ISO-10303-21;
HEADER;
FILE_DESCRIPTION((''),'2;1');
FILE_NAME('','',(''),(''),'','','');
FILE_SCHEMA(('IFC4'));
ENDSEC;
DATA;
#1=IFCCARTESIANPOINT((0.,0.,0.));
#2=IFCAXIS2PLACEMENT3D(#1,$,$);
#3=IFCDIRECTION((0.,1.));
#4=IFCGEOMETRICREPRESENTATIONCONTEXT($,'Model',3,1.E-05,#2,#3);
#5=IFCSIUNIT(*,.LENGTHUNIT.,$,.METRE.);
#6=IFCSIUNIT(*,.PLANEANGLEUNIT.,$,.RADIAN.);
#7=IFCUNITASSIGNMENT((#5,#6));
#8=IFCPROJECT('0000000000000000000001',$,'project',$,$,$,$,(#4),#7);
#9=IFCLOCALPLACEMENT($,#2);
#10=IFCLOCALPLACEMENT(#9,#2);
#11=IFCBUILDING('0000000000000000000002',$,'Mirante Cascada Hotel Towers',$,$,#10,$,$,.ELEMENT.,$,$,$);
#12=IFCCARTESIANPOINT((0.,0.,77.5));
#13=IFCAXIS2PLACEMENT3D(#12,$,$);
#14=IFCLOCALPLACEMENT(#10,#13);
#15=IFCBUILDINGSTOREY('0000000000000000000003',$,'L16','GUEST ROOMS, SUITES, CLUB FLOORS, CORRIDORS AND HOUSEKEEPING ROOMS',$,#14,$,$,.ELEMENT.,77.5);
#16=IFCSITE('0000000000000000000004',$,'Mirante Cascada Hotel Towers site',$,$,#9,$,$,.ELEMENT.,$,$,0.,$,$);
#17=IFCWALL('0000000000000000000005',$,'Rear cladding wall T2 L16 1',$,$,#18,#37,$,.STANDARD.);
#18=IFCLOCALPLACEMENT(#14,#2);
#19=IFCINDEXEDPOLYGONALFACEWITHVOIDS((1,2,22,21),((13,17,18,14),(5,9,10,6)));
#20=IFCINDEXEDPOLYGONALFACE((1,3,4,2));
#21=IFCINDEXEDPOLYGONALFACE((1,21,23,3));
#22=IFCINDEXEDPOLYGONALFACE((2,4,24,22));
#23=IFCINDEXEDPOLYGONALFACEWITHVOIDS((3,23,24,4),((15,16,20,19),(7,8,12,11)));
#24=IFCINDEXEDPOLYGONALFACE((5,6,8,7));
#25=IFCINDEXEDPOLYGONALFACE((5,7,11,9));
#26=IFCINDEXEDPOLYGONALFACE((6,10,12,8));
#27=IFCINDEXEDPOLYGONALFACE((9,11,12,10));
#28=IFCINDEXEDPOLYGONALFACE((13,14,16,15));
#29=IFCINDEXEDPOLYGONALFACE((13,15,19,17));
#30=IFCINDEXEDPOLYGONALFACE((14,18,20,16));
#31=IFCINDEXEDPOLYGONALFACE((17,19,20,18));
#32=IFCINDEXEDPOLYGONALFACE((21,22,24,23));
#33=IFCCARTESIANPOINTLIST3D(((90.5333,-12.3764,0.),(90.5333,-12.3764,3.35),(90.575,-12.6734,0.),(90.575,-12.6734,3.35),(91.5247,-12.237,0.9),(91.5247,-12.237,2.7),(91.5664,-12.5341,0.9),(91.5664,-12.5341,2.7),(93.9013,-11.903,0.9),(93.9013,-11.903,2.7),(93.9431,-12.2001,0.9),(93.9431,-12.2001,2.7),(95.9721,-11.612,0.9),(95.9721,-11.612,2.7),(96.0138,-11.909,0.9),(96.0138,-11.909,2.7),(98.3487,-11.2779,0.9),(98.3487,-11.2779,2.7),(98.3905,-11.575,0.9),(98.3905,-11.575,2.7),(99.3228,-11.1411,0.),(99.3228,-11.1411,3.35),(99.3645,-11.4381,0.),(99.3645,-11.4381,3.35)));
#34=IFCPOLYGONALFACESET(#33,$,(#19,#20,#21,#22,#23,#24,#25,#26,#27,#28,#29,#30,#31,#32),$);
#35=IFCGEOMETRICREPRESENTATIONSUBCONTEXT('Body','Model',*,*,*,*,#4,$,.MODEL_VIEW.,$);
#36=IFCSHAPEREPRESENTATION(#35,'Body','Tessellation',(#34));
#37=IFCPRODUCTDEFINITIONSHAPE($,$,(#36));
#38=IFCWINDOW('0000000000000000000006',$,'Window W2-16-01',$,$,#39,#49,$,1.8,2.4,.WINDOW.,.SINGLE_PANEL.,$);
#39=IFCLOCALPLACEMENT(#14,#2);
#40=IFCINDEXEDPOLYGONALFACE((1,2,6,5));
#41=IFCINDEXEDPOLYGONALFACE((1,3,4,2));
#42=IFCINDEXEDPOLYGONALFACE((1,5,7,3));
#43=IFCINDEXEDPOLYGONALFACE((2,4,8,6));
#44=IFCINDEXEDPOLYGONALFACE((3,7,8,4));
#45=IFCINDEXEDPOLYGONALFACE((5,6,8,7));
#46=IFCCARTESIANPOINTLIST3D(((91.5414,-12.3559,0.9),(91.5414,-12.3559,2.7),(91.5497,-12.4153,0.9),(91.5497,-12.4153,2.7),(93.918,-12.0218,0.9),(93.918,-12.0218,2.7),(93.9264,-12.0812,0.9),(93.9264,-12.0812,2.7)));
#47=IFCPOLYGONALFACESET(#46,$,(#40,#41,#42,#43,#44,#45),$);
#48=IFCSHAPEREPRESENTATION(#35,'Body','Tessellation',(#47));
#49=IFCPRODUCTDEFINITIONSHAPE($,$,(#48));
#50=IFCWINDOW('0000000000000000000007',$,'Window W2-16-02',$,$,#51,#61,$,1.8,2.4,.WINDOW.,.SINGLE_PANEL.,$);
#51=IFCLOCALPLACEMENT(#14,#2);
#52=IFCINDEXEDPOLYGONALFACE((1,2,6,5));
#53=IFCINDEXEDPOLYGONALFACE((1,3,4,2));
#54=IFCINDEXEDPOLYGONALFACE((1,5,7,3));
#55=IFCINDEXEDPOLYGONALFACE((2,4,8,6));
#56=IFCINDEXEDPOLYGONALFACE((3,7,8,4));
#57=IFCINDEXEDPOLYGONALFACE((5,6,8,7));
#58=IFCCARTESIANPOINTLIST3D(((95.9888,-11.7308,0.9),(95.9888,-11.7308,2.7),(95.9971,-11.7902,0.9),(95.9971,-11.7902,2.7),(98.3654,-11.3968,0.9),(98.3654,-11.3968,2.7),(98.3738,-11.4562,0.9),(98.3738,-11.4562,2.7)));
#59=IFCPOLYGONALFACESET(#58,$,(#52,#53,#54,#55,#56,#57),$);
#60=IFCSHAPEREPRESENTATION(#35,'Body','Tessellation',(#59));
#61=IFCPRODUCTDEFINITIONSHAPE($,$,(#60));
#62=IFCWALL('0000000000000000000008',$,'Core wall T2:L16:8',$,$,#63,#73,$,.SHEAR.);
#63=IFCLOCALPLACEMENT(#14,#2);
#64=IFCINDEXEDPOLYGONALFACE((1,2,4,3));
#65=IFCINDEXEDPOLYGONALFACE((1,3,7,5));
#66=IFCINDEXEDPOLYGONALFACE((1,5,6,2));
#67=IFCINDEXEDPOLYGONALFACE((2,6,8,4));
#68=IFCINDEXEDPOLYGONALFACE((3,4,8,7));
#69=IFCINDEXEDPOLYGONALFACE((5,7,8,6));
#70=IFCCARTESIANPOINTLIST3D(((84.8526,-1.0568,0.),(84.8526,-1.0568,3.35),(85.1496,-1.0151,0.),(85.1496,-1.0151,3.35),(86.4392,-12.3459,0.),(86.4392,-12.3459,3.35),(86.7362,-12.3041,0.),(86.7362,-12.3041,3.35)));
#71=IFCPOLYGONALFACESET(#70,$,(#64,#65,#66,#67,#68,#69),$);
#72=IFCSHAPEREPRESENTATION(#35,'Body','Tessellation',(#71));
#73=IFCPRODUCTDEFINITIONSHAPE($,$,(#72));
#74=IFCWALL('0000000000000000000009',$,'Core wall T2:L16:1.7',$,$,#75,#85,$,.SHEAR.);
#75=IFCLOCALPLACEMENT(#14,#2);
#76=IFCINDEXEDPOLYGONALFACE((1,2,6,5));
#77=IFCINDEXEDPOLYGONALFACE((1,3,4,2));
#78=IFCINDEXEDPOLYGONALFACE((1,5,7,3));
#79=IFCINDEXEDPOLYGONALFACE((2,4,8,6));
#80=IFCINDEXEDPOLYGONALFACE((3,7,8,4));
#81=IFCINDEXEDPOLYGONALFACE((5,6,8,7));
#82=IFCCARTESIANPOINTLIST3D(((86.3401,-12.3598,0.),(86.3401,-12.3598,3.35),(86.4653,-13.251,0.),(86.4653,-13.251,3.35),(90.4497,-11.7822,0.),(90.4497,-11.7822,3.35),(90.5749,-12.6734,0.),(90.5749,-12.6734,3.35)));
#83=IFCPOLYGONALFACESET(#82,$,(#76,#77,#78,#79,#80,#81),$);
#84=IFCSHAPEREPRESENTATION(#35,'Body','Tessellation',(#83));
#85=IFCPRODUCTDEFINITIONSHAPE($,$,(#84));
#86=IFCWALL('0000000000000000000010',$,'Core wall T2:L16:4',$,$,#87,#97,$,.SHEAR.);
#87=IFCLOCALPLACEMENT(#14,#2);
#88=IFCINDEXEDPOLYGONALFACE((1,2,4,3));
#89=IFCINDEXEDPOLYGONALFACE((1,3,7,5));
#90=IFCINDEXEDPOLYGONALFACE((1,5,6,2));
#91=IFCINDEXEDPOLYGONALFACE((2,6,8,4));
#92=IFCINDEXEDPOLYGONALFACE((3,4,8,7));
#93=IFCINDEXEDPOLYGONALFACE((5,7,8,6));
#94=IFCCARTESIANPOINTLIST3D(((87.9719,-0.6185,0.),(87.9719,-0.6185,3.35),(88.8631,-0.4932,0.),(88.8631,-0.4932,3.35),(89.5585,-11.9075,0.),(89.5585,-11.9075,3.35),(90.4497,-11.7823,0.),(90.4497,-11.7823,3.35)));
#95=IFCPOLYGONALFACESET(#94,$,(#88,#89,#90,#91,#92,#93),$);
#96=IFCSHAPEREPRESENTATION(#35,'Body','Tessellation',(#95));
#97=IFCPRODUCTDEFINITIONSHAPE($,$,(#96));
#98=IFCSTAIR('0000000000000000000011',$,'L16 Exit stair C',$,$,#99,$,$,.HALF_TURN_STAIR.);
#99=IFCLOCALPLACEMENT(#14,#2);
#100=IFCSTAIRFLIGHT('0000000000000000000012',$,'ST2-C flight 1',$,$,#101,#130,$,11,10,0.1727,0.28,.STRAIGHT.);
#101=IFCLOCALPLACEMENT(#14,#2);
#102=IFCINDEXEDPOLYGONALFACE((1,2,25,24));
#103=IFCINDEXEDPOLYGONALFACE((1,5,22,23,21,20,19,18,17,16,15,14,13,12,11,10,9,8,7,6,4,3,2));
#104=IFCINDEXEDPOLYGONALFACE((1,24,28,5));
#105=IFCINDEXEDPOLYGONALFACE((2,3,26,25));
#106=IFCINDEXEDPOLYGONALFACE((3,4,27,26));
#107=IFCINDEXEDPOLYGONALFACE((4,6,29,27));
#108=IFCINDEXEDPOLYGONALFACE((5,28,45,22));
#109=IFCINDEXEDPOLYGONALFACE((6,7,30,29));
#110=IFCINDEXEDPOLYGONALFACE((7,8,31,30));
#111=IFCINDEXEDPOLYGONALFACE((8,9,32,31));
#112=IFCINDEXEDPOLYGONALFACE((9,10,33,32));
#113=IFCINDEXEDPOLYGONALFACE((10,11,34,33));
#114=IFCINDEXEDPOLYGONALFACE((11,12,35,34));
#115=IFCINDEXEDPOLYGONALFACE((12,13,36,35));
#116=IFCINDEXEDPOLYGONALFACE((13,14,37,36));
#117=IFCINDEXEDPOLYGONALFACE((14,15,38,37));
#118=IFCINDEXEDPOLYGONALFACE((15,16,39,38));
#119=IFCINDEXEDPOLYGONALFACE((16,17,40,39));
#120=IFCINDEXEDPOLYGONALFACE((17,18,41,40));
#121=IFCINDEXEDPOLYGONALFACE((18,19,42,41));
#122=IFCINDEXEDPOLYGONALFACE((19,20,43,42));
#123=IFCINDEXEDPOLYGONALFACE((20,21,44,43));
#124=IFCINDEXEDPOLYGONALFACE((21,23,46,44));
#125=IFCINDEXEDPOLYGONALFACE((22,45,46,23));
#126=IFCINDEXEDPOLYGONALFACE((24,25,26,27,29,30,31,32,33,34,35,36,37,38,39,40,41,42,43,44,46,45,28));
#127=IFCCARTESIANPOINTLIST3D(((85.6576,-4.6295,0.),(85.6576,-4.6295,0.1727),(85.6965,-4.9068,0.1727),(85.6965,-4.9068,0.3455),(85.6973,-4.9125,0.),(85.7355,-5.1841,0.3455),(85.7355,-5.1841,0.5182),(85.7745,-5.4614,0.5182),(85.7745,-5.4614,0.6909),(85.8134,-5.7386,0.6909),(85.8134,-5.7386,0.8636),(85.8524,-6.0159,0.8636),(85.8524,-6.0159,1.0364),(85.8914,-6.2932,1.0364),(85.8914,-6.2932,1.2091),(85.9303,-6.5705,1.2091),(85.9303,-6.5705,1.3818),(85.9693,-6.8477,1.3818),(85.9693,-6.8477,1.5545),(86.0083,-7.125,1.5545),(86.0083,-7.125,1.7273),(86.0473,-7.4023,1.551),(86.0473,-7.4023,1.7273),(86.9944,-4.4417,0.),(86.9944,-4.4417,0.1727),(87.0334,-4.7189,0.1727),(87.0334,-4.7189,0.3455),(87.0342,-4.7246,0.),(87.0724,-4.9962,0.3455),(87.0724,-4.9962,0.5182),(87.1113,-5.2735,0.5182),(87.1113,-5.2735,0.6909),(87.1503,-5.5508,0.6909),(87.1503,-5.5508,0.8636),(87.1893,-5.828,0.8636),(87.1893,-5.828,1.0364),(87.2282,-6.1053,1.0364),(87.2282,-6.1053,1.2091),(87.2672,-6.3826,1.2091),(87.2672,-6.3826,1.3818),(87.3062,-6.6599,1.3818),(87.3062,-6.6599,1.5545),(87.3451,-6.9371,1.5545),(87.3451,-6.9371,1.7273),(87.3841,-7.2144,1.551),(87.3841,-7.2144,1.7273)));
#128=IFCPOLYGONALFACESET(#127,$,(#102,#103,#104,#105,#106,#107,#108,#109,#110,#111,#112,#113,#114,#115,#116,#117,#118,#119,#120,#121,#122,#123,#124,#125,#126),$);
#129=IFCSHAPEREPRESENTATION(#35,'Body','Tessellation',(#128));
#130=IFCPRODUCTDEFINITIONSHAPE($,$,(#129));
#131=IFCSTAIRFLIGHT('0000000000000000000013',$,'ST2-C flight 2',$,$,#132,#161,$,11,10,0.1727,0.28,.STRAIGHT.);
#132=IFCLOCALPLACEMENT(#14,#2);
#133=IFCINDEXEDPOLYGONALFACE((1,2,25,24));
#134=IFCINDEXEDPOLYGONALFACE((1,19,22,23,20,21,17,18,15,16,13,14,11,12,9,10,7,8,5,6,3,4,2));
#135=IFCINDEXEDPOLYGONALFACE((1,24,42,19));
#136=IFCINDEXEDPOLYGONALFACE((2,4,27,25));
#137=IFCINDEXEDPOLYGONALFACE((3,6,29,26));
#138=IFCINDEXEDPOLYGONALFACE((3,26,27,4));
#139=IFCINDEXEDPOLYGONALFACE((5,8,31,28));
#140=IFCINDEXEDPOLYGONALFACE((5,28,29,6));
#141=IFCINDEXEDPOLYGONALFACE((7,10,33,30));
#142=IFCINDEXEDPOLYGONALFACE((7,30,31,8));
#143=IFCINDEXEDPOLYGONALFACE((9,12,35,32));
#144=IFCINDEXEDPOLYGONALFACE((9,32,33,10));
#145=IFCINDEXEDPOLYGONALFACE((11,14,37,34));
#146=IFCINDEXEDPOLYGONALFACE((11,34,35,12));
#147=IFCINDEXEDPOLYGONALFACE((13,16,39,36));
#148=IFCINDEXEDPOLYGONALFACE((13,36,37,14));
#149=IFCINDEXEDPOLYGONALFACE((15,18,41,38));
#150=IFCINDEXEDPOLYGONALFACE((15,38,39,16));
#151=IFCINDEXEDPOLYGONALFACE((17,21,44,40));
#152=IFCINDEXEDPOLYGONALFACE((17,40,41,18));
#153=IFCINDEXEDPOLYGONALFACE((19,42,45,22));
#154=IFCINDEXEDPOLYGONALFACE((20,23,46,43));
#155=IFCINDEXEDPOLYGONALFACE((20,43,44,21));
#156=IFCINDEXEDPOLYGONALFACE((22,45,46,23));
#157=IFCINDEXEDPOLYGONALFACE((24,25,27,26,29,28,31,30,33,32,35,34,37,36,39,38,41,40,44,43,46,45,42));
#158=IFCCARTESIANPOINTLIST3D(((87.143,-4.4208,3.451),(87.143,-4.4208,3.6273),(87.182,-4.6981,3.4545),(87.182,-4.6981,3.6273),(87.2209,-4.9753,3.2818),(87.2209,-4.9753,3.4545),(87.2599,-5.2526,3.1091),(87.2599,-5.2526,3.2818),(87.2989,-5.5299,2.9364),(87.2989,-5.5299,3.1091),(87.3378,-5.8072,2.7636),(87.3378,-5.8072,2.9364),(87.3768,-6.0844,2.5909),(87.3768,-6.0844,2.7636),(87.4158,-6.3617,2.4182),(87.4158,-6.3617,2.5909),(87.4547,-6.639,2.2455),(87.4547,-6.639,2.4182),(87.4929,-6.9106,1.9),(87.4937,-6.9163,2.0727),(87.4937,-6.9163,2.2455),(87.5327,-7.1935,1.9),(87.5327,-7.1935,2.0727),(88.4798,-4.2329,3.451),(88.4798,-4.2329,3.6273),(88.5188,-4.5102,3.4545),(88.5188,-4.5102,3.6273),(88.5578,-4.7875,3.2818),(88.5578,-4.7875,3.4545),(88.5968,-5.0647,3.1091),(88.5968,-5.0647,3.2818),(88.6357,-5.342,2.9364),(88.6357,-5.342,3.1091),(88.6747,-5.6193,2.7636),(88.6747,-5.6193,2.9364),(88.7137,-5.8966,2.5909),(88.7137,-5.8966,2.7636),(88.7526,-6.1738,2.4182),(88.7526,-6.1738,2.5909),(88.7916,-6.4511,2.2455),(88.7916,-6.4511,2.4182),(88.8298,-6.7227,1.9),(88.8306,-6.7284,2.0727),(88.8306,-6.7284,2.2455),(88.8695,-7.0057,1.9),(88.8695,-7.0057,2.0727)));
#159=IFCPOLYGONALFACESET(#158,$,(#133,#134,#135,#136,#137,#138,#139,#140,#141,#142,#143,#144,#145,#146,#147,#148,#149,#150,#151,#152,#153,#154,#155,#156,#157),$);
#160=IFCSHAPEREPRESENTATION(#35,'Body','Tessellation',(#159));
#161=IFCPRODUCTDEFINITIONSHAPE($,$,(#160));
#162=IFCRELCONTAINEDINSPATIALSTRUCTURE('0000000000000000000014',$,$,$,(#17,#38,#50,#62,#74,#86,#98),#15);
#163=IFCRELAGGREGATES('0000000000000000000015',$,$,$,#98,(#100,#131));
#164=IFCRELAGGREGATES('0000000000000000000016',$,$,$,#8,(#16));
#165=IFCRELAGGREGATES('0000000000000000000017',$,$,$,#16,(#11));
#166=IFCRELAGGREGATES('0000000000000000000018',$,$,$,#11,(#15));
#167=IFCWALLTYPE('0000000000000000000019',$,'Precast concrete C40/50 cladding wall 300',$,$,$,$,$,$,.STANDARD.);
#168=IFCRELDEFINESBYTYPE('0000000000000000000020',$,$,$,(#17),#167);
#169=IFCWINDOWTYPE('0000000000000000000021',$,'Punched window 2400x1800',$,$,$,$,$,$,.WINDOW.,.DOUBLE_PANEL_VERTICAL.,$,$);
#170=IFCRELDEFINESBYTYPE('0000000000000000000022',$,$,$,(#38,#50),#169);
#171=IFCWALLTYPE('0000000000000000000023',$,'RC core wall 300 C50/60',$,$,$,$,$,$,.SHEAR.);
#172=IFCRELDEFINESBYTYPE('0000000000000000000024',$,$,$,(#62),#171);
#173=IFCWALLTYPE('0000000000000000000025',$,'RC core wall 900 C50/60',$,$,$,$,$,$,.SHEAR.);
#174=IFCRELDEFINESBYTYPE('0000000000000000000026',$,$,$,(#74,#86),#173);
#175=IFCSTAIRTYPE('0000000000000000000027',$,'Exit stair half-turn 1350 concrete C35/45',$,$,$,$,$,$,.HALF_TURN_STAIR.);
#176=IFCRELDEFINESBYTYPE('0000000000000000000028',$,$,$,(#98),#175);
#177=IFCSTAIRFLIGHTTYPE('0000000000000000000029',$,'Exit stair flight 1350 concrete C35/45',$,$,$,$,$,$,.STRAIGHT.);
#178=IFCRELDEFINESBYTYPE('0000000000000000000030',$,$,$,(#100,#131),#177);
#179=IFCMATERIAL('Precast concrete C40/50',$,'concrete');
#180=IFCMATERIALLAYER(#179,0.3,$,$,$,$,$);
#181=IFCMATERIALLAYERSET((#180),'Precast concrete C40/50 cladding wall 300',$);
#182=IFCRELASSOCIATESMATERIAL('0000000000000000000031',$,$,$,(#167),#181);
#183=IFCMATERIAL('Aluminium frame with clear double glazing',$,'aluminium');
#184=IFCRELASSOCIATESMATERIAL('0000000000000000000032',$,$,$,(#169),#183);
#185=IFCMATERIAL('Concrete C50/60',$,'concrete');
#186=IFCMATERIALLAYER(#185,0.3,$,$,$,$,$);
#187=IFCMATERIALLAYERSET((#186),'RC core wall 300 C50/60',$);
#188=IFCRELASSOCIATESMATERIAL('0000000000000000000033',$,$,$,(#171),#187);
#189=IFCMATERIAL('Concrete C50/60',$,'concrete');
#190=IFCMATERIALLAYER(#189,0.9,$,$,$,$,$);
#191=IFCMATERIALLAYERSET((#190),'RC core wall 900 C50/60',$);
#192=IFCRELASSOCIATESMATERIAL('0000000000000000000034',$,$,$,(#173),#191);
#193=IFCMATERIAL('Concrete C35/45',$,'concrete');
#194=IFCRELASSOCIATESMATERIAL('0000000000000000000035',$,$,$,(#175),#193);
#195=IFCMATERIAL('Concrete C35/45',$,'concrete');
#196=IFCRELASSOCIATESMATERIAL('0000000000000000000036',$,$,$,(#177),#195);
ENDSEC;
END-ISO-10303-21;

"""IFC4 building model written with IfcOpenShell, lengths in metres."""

from ifc_helpers import new_model, si_unit, direction, frame, frame_2d, origin, place, context, subcontext, project, spatial, polyline, rectangle, outline, extrude, material, layer, layer_set, type_object, element, fill, aggregate, save


model = new_model("IFC4")

# Units and contexts
model_context = context("Model", 3, precision=1e-05, world=origin(), true_north=direction((0.0, 1.0)))
body_context = subcontext(model_context, "Body", "Model", "MODEL_VIEW")
ifc_project = project(units=[si_unit("LENGTHUNIT", "METRE"), si_unit("PLANEANGLEUNIT", "RADIAN")], contexts=[model_context])

# Site, building, storey
site_placement = place(None, origin())
site = spatial("IfcSite", under=ifc_project, at=site_placement, Name="Mirante Cascada Hotel Towers site", CompositionType="ELEMENT", RefElevation=0.0)
building_placement = place(site_placement, origin())
building = spatial("IfcBuilding", under=site, at=building_placement, Name="Mirante Cascada Hotel Towers", CompositionType="ELEMENT")
storey_placement = place(building_placement, frame((0.0, 0.0, 77.5)))
storey = spatial("IfcBuildingStorey", under=building, at=storey_placement, Name="L16", Description="GUEST ROOMS, SUITES, CLUB FLOORS, CORRIDORS AND HOUSEKEEPING ROOMS", CompositionType="ELEMENT", Elevation=77.5)

# Wall, openings, windows
ifc_material_1 = material(Name="Precast concrete C40/50", Category="concrete")
ifc_layer_1 = layer(ifc_material_1, 0.3)
ifc_layer_set_1 = layer_set([ifc_layer_1], Name="Precast concrete C40/50 cladding wall 300")
wall_type_1 = type_object("IfcWallType", Name="Precast concrete C40/50 cladding wall 300", PredefinedType="STANDARD", material=ifc_layer_set_1)
wall_1_placement = place(storey_placement, frame((90.5541, -12.5249, 0.0), z_axis=(0.0, 0.0, 1.0), x_axis=(0.990268, 0.139175, 0.0)))
wall_1 = element("IfcWall", 1, at=wall_1_placement, inside=storey, type_object=wall_type_1, Name="Rear cladding wall T2 L16 1", PredefinedType="STANDARD", context=body_context, shape_type="SweptSolid", body=[
    extrude(rectangle(XDim=8.8759, YDim=0.3, at=frame_2d((4.438, 0.0))), origin(), (0.0, 0.0, 1.0), 3.35),
])
opening_1_placement = place(wall_1_placement, frame((1.0012, 0.0, 0.9)))
opening_1 = element("IfcOpeningElement", 2, at=opening_1_placement, cuts=wall_1, PredefinedType="OPENING", context=body_context, shape_type="SweptSolid", body=[
    extrude(rectangle(XDim=2.4, YDim=1.8, at=frame_2d((1.2, 0.9))), frame((0.0, 0.15, 0.0), z_axis=(0.0, -1.0, 0.0), x_axis=(1.0, 0.0, 0.0)), (0.0, 0.0, 1.0), 0.3),
])
opening_2_placement = place(wall_1_placement, frame((5.4923, 0.0, 0.9)))
opening_2 = element("IfcOpeningElement", 3, at=opening_2_placement, cuts=wall_1, PredefinedType="OPENING", context=body_context, shape_type="SweptSolid", body=[
    extrude(rectangle(XDim=2.4, YDim=1.8, at=frame_2d((1.2, 0.9))), frame((0.0, 0.15, 0.0), z_axis=(0.0, -1.0, 0.0), x_axis=(1.0, 0.0, 0.0)), (0.0, 0.0, 1.0), 0.3),
])
ifc_material_2 = material(Name="Aluminium frame with clear double glazing", Category="aluminium")
window_type = type_object("IfcWindowType", Name="Punched window 2400x1800", PartitioningType="DOUBLE_PANEL_VERTICAL", PredefinedType="WINDOW", material=ifc_material_2)
window_1_placement = place(opening_1_placement, origin())
window_1 = element("IfcWindow", 4, at=window_1_placement, inside=storey, type_object=window_type, Name="Window W2-16-01", OverallHeight=1.8, OverallWidth=2.4, PartitioningType="SINGLE_PANEL", PredefinedType="WINDOW", context=body_context, shape_type="SweptSolid", body=[
    extrude(rectangle(XDim=2.4, YDim=1.8, at=frame_2d((1.2, 0.9))), frame((0.0, 0.03, 0.0), z_axis=(0.0, -1.0, 0.0), x_axis=(1.0, 0.0, 0.0)), (0.0, 0.0, 1.0), 0.06),
])
fill(opening_1, window_1)
window_2_placement = place(opening_2_placement, origin())
window_2 = element("IfcWindow", 5, at=window_2_placement, inside=storey, type_object=window_type, Name="Window W2-16-02", OverallHeight=1.8, OverallWidth=2.4, PartitioningType="SINGLE_PANEL", PredefinedType="WINDOW", context=body_context, shape_type="SweptSolid", body=[
    extrude(rectangle(XDim=2.4, YDim=1.8, at=frame_2d((1.2, 0.9))), frame((0.0, 0.03, 0.0), z_axis=(0.0, -1.0, 0.0), x_axis=(1.0, 0.0, 0.0)), (0.0, 0.0, 1.0), 0.06),
])
fill(opening_2, window_2)

# Walls
ifc_material_3 = material(Name="Concrete C50/60", Category="concrete")
ifc_layer_2 = layer(ifc_material_3, 0.3)
ifc_layer_set_2 = layer_set([ifc_layer_2], Name="RC core wall 300 C50/60")
wall_type_2 = type_object("IfcWallType", Name="RC core wall 300 C50/60", PredefinedType="SHEAR", material=ifc_layer_set_2)
wall_2_placement = place(storey_placement, frame((86.5877, -12.325, 0.0), z_axis=(0.0, 0.0, 1.0), x_axis=(-0.139175, 0.990268, 0.0)))
element("IfcWall", 6, at=wall_2_placement, inside=storey, type_object=wall_type_2, Name="Core wall T2:L16:8", PredefinedType="SHEAR", context=body_context, shape_type="SweptSolid", body=[
    extrude(rectangle(XDim=11.4, YDim=0.3, at=frame_2d((5.7, 0.0))), origin(), (0.0, 0.0, 1.0), 3.35),
])
ifc_material_4 = material(Name="Concrete C50/60", Category="concrete")
ifc_layer_3 = layer(ifc_material_4, 0.9)
ifc_layer_set_3 = layer_set([ifc_layer_3], Name="RC core wall 900 C50/60")
wall_type_3 = type_object("IfcWallType", Name="RC core wall 900 C50/60", PredefinedType="SHEAR", material=ifc_layer_set_3)
wall_3_placement = place(storey_placement, frame((86.4027, -12.8054, 0.0), z_axis=(0.0, 0.0, 1.0), x_axis=(0.990267, 0.139181, 0.0)))
element("IfcWall", 7, at=wall_3_placement, inside=storey, type_object=wall_type_3, Name="Core wall T2:L16:1.7", PredefinedType="SHEAR", context=body_context, shape_type="SweptSolid", body=[
    extrude(rectangle(XDim=4.15, YDim=0.9, at=frame_2d((2.075, 0.0))), origin(), (0.0, 0.0, 1.0), 3.35),
])
wall_4_placement = place(storey_placement, frame((90.0041, -11.8449, 0.0), z_axis=(0.0, 0.0, 1.0), x_axis=(-0.139175, 0.990268, 0.0)))
element("IfcWall", 8, at=wall_4_placement, inside=storey, type_object=wall_type_3, Name="Core wall T2:L16:4", PredefinedType="SHEAR", context=body_context, shape_type="SweptSolid", body=[
    extrude(rectangle(XDim=11.4, YDim=0.9, at=frame_2d((5.7, 0.0))), origin(), (0.0, 0.0, 1.0), 3.35),
])

# Stair, stair flights
ifc_material_5 = material(Name="Concrete C35/45", Category="concrete")
stair_type = type_object("IfcStairType", Name="Exit stair half-turn 1350 concrete C35/45", PredefinedType="HALF_TURN_STAIR", material=ifc_material_5)
stair_placement = place(storey_placement, origin())
stair = element("IfcStair", 9, at=stair_placement, inside=storey, type_object=stair_type, Name="L16 Exit stair C", PredefinedType="HALF_TURN_STAIR")
ifc_material_6 = material(Name="Concrete C35/45", Category="concrete")
stair_flight_type = type_object("IfcStairFlightType", Name="Exit stair flight 1350 concrete C35/45", PredefinedType="STRAIGHT", material=ifc_material_6)
stair_flight_1_placement = place(storey_placement, frame((86.326, -4.5356, 0.0), z_axis=(0.0, 0.0, 1.0), x_axis=(0.139173, -0.990268, 0.0)))
stair_flight_1 = element("IfcStairFlight", 10, at=stair_flight_1_placement, type_object=stair_flight_type, Name="ST2-C flight 1", NumberOfRisers=11, NumberOfTreads=10, PredefinedType="STRAIGHT", RiserHeight=0.1727, TreadLength=0.28, context=body_context, shape_type="SweptSolid", body=[
    extrude(outline(polyline([(0.0, 0.0), (0.0, 0.1727), (0.28, 0.1727), (0.28, 0.3455), (0.56, 0.3455), (0.56, 0.5182), (0.84, 0.5182), (0.84, 0.6909), (1.12, 0.6909), (1.12, 0.8636), (1.4, 0.8636), (1.4, 1.0364), (1.68, 1.0364), (1.68, 1.2091), (1.96, 1.2091), (1.96, 1.3818), (2.24, 1.3818), (2.24, 1.5545), (2.52, 1.5545), (2.52, 1.7273), (2.8, 1.7273), (2.8, 1.9), (2.8, 1.551), (0.2857, 0.0), (0.0, 0.0)])), frame((0.0, 0.675, 0.0), z_axis=(0.0, -1.0, 0.0), x_axis=(1.0, 0.0, 0.0)), (0.0, 0.0, 1.0), 1.35),
])
stair_flight_2_placement = place(storey_placement, frame((88.2011, -7.0996, 1.9), z_axis=(0.0, 0.0, 1.0), x_axis=(-0.139173, 0.990268, 0.0)))
stair_flight_2 = element("IfcStairFlight", 11, at=stair_flight_2_placement, type_object=stair_flight_type, Name="ST2-C flight 2", NumberOfRisers=11, NumberOfTreads=10, PredefinedType="STRAIGHT", RiserHeight=0.1727, TreadLength=0.28, context=body_context, shape_type="SweptSolid", body=[
    extrude(outline(polyline([(0.0, 0.0), (0.0, 0.1727), (0.28, 0.1727), (0.28, 0.3455), (0.56, 0.3455), (0.56, 0.5182), (0.84, 0.5182), (0.84, 0.6909), (1.12, 0.6909), (1.12, 0.8636), (1.4, 0.8636), (1.4, 1.0364), (1.68, 1.0364), (1.68, 1.2091), (1.96, 1.2091), (1.96, 1.3818), (2.24, 1.3818), (2.24, 1.5545), (2.52, 1.5545), (2.52, 1.7273), (2.8, 1.7273), (2.8, 1.9), (2.8, 1.551), (0.2857, 0.0), (0.0, 0.0)])), frame((0.0, 0.675, 0.0), z_axis=(0.0, -1.0, 0.0), x_axis=(1.0, 0.0, 0.0)), (0.0, 0.0, 1.0), 1.35),
])
aggregate(stair, [stair_flight_1, stair_flight_2])

save(model, "model.ifc")
